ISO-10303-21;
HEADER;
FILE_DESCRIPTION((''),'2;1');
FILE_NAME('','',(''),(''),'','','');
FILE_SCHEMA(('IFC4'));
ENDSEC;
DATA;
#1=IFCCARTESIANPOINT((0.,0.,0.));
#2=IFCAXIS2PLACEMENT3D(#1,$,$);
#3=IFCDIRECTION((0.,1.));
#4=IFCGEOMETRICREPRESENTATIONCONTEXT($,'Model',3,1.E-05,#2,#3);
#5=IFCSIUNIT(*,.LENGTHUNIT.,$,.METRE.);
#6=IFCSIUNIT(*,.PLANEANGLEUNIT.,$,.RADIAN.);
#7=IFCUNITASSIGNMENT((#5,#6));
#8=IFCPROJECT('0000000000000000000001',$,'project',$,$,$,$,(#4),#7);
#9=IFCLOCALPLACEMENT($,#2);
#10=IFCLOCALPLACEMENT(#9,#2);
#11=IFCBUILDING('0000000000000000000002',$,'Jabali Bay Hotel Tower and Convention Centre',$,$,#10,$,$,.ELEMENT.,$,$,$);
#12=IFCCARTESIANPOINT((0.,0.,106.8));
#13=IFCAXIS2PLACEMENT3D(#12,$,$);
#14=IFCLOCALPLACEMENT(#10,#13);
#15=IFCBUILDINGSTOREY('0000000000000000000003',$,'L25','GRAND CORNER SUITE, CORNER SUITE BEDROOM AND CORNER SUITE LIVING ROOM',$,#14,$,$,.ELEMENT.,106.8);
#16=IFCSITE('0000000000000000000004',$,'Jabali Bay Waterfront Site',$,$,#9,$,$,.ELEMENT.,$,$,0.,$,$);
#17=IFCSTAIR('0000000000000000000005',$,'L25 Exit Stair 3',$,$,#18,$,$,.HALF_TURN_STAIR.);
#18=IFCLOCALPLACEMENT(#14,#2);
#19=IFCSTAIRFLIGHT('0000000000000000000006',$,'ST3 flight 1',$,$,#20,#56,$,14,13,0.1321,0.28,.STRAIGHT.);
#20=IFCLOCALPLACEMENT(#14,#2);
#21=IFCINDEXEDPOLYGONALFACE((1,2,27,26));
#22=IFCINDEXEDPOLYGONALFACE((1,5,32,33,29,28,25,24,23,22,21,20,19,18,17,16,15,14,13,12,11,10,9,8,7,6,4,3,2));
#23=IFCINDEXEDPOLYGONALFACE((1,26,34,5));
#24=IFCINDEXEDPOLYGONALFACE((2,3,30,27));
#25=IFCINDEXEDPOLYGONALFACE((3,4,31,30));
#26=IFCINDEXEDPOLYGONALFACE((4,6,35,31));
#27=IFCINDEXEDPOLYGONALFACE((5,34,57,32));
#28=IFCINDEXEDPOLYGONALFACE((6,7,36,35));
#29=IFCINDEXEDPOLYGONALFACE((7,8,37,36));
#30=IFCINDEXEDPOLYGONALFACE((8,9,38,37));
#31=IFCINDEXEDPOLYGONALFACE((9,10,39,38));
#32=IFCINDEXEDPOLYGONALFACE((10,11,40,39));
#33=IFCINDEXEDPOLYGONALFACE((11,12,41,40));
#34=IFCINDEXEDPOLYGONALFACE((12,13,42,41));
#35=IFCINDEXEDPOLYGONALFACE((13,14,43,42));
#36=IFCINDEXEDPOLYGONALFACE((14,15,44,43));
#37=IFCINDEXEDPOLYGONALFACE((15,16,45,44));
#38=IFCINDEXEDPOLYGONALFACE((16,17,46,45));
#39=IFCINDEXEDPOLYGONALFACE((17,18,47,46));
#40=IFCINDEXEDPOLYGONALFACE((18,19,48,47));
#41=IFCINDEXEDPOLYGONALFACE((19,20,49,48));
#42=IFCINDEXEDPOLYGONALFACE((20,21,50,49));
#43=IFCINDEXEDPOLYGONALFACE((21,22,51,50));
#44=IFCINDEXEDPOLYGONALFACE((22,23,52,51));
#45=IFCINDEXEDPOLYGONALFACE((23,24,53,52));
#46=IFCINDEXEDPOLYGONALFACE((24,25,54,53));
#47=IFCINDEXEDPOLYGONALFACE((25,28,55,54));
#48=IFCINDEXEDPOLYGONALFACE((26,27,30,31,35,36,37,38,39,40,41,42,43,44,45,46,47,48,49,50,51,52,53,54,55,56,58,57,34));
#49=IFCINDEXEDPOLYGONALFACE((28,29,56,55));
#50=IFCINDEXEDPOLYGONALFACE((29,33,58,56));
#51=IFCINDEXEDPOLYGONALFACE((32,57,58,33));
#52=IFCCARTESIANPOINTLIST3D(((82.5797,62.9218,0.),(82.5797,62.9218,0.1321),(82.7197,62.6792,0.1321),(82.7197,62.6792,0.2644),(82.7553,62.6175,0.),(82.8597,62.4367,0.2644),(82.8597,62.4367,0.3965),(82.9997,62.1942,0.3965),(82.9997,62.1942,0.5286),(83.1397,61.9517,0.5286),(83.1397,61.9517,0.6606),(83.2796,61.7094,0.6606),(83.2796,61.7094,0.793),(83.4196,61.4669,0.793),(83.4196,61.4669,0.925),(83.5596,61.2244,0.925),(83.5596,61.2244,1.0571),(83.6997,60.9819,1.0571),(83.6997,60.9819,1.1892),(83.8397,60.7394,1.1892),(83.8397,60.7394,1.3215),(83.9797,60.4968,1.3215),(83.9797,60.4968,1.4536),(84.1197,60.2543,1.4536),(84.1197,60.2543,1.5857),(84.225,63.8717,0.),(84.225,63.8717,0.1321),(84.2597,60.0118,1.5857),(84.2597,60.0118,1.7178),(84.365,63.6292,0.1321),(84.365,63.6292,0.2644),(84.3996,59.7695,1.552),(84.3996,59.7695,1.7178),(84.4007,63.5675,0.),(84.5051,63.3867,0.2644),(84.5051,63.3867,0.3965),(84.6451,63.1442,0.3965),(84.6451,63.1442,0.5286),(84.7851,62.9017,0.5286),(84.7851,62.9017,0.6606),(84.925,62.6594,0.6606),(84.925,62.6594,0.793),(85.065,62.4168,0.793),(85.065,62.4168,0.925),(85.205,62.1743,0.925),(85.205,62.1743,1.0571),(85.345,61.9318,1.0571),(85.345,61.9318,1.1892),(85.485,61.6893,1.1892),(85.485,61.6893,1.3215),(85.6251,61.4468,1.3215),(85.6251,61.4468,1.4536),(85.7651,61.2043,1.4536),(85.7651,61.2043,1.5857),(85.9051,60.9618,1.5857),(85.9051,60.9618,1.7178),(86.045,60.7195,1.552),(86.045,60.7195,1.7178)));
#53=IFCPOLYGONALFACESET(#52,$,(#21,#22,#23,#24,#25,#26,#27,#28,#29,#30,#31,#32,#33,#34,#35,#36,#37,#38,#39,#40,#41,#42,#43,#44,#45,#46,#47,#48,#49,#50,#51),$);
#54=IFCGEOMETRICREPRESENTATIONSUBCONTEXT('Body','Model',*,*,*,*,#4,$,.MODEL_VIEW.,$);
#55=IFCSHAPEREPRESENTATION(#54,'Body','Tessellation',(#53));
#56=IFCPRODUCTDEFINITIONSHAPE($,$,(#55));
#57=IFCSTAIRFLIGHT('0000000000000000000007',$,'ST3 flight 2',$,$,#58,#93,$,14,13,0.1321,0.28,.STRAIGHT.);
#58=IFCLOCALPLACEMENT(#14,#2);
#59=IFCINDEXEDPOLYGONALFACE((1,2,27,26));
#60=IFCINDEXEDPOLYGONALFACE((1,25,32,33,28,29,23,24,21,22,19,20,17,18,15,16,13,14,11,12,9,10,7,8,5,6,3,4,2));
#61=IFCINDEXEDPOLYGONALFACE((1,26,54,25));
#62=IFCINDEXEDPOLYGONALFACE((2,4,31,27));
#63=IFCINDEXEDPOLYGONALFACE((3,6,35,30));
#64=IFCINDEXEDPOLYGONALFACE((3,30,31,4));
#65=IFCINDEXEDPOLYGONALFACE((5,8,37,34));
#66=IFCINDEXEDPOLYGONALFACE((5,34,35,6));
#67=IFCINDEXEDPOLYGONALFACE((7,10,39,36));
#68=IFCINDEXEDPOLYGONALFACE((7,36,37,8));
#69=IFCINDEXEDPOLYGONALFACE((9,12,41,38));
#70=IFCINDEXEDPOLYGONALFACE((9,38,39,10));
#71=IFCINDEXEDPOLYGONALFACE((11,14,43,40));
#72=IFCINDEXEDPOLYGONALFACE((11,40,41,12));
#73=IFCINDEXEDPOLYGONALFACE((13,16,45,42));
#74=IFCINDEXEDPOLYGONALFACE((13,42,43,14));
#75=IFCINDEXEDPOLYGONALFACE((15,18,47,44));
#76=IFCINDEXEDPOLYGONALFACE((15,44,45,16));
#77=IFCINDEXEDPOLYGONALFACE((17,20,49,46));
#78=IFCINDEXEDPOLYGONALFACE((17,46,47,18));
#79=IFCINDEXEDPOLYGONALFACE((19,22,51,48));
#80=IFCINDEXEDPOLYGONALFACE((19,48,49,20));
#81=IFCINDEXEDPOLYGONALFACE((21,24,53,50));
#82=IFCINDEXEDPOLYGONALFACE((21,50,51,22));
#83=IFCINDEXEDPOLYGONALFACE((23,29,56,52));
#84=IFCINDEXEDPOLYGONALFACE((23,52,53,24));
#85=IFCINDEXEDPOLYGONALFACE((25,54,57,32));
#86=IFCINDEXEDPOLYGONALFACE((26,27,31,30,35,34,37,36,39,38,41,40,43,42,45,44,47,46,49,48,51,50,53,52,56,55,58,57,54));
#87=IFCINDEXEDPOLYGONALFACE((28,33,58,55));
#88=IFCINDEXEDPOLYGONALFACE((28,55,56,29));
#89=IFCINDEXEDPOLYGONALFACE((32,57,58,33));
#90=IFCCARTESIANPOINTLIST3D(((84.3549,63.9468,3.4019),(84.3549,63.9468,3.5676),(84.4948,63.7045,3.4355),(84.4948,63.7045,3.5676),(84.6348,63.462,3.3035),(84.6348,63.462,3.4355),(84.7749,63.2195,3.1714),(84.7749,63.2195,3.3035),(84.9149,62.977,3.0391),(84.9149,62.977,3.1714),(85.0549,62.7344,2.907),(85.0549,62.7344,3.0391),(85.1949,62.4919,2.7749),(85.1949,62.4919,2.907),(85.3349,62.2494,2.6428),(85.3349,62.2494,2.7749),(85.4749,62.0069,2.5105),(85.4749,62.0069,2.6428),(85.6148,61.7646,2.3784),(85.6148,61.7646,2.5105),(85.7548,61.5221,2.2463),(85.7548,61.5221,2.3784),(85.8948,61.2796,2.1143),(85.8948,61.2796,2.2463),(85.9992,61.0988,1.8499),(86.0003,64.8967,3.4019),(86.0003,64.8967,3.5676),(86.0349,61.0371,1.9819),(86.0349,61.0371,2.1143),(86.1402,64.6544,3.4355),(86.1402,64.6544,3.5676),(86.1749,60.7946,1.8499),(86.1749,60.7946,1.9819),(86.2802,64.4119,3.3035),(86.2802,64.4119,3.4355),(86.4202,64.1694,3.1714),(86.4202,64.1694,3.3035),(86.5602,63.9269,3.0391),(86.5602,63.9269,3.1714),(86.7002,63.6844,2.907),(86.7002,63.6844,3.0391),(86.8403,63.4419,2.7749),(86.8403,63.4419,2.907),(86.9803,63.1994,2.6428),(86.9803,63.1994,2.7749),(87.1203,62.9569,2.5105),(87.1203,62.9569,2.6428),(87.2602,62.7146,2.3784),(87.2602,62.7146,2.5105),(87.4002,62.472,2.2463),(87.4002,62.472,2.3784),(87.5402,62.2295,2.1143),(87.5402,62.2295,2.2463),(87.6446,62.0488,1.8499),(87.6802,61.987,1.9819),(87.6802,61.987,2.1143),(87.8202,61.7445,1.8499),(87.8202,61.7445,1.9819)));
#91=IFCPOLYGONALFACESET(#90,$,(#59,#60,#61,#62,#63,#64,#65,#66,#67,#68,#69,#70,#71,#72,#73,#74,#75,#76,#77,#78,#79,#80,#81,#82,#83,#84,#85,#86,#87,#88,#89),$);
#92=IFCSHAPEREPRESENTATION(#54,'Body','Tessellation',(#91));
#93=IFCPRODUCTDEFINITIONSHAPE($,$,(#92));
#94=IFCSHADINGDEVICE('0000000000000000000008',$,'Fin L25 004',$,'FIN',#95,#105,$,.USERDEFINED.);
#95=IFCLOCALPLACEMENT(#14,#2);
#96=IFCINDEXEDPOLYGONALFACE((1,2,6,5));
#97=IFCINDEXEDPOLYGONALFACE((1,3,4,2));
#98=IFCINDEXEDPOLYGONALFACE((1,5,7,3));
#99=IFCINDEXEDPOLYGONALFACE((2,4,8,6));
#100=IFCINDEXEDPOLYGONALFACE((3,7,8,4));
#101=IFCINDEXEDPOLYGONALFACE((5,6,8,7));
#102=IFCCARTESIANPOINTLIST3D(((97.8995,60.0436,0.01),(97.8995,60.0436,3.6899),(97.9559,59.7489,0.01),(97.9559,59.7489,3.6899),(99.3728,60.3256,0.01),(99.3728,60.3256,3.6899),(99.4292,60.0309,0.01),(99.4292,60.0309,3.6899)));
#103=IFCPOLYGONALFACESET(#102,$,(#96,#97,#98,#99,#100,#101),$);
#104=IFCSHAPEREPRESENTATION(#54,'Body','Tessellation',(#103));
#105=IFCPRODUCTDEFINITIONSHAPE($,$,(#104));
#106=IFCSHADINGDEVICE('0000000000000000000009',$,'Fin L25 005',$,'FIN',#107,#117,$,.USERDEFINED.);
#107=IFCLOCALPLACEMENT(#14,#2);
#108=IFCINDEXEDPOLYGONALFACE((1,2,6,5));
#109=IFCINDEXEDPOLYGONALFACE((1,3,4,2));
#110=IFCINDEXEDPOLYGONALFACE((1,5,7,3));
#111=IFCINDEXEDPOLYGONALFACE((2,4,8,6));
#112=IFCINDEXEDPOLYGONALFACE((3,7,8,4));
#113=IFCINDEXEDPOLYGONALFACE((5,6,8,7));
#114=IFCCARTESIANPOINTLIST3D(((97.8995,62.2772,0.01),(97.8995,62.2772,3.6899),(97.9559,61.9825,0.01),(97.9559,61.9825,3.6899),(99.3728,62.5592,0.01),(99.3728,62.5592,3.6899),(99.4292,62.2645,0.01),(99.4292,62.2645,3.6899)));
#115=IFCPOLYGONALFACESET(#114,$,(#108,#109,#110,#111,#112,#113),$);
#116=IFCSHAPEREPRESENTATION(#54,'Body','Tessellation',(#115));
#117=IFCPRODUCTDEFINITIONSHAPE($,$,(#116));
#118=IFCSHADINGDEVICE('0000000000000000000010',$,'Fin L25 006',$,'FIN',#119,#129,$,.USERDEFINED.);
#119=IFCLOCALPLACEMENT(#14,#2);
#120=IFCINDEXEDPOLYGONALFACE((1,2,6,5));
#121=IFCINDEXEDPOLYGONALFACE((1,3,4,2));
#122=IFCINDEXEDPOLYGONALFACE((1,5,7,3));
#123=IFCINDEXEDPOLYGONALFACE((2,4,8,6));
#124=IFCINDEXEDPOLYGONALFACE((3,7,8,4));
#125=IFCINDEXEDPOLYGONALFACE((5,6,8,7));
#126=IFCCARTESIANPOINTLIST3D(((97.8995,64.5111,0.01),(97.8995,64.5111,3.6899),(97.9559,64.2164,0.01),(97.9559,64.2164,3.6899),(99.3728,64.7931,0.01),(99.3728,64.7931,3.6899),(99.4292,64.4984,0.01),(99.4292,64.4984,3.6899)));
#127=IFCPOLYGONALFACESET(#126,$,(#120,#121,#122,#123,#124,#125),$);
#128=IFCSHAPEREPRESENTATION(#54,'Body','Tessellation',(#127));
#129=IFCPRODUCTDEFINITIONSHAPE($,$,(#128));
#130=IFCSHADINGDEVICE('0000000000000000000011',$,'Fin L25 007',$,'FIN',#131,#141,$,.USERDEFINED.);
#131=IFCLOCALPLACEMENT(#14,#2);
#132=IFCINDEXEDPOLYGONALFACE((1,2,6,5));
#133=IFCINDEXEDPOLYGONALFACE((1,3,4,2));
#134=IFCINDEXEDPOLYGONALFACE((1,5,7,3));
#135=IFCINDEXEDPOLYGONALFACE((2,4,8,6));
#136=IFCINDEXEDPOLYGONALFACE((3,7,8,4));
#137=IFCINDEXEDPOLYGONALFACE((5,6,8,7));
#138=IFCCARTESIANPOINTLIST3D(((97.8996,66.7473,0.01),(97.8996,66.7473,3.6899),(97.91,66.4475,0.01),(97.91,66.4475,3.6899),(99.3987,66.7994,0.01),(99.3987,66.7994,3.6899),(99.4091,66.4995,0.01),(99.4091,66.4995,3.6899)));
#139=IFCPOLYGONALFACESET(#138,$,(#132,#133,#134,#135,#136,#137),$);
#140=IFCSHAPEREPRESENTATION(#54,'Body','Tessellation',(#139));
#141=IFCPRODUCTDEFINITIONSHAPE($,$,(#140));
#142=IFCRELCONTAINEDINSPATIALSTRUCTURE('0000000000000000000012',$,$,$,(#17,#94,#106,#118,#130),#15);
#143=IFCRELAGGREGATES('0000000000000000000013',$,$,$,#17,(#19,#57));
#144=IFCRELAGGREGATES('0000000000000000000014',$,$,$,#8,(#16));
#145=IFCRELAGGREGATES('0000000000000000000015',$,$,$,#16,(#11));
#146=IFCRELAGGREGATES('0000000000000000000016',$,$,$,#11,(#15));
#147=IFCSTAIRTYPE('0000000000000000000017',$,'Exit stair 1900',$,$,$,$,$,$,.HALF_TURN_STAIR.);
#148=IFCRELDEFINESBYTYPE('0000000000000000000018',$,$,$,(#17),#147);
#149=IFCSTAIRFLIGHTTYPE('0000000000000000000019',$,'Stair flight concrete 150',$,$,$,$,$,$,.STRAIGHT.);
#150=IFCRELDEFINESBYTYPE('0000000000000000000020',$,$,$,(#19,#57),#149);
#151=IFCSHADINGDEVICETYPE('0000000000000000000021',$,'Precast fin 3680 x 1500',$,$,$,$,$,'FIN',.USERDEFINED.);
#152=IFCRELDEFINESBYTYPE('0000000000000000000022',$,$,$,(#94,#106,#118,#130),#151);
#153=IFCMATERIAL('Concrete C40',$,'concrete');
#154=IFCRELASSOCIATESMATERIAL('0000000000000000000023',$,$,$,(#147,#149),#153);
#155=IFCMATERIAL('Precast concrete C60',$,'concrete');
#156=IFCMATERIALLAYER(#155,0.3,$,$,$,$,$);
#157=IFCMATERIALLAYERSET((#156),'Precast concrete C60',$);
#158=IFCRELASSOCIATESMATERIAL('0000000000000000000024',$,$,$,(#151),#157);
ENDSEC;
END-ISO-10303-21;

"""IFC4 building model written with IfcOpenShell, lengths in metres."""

from ifc_helpers import new_model, si_unit, direction, frame, frame_2d, origin, place, context, subcontext, project, spatial, polyline, rectangle, outline, extrude, material, layer, layer_set, type_object, element, aggregate, save


model = new_model("IFC4")

# Units and contexts
model_context = context("Model", 3, precision=1e-05, world=origin(), true_north=direction((0.0, 1.0)))
body_context = subcontext(model_context, "Body", "Model", "MODEL_VIEW")
ifc_project = project(units=[si_unit("LENGTHUNIT", "METRE"), si_unit("PLANEANGLEUNIT", "RADIAN")], contexts=[model_context])

# Site, building, storey
site_placement = place(None, origin())
site = spatial("IfcSite", under=ifc_project, at=site_placement, Name="Jabali Bay Waterfront Site", CompositionType="ELEMENT", RefElevation=0.0)
building_placement = place(site_placement, origin())
building = spatial("IfcBuilding", under=site, at=building_placement, Name="Jabali Bay Hotel Tower and Convention Centre", CompositionType="ELEMENT")
storey_placement = place(building_placement, frame((0.0, 0.0, 106.8)))
storey = spatial("IfcBuildingStorey", under=building, at=storey_placement, Name="L25", Description="GRAND CORNER SUITE, CORNER SUITE BEDROOM AND CORNER SUITE LIVING ROOM", CompositionType="ELEMENT", Elevation=106.8)

# Shared definitions
ifc_material_1 = material(Name="Concrete C40", Category="concrete")

# Stair, stair flights
stair_type = type_object("IfcStairType", Name="Exit stair 1900", PredefinedType="HALF_TURN_STAIR", material=ifc_material_1)
stair_placement = place(storey_placement, origin())
stair = element("IfcStair", 1, at=stair_placement, inside=storey, type_object=stair_type, Name="L25 Exit Stair 3", PredefinedType="HALF_TURN_STAIR")
stair_flight_type = type_object("IfcStairFlightType", Name="Stair flight concrete 150", PredefinedType="STRAIGHT", material=ifc_material_1)
stair_flight_1_placement = place(storey_placement, frame((83.4023, 63.3967, 0.0), z_axis=(0.0, 0.0, 1.0), x_axis=(0.5, -0.866025, 0.0)))
stair_flight_1 = element("IfcStairFlight", 2, at=stair_flight_1_placement, type_object=stair_flight_type, Name="ST3 flight 1", NumberOfRisers=14, NumberOfTreads=13, PredefinedType="STRAIGHT", RiserHeight=0.1321, TreadLength=0.28, context=body_context, shape_type="SweptSolid", body=[
    extrude(outline(polyline([(0.0, 0.0), (0.0, 0.1321), (0.28, 0.1321), (0.28, 0.2644), (0.5601, 0.2644), (0.5601, 0.3965), (0.8401, 0.3965), (0.8401, 0.5286), (1.1201, 0.5286), (1.1201, 0.6606), (1.3999, 0.6606), (1.3999, 0.793), (1.6799, 0.793), (1.6799, 0.925), (1.96, 0.925), (1.96, 1.0571), (2.24, 1.0571), (2.24, 1.1892), (2.52, 1.1892), (2.52, 1.3215), (2.8, 1.3215), (2.8, 1.4536), (3.0801, 1.4536), (3.0801, 1.5857), (3.3601, 1.5857), (3.3601, 1.7178), (3.6399, 1.7178), (3.6399, 1.8501), (3.6399, 1.552), (0.3513, 0.0), (0.0, 0.0)])), frame((0.0, 0.95, 0.0), z_axis=(0.0, -1.0, 0.0), x_axis=(1.0, 0.0, 0.0)), (0.0, 0.0, 1.0), 1.8999),
])
stair_flight_2_placement = place(storey_placement, frame((86.9976, 61.2695, 1.8499), z_axis=(0.0, 0.0, 1.0), x_axis=(-0.5, 0.866025, 0.0)))
stair_flight_2 = element("IfcStairFlight", 3, at=stair_flight_2_placement, type_object=stair_flight_type, Name="ST3 flight 2", NumberOfRisers=14, NumberOfTreads=13, PredefinedType="STRAIGHT", RiserHeight=0.1321, TreadLength=0.28, context=body_context, shape_type="SweptSolid", body=[
    extrude(outline(polyline([(0.0, 0.0), (0.0, 0.1321), (0.28, 0.1321), (0.28, 0.2644), (0.5601, 0.2644), (0.5601, 0.3965), (0.8401, 0.3965), (0.8401, 0.5286), (1.1201, 0.5286), (1.1201, 0.6606), (1.3999, 0.6606), (1.3999, 0.793), (1.6799, 0.793), (1.6799, 0.925), (1.96, 0.925), (1.96, 1.0571), (2.24, 1.0571), (2.24, 1.1892), (2.52, 1.1892), (2.52, 1.3215), (2.8, 1.3215), (2.8, 1.4536), (3.0801, 1.4536), (3.0801, 1.5857), (3.3601, 1.5857), (3.3601, 1.7178), (3.6399, 1.7178), (3.6399, 1.8501), (3.6399, 1.552), (0.3513, 0.0), (0.0, 0.0)])), frame((0.0, 0.95, 0.0), z_axis=(0.0, -1.0, 0.0), x_axis=(1.0, 0.0, 0.0)), (0.0, 0.0, 1.0), 1.8999),
])
aggregate(stair, [stair_flight_1, stair_flight_2])

# Shading devices
ifc_material_2 = material(Name="Precast concrete C60", Category="concrete")
ifc_layer_1 = layer(ifc_material_2, 0.3)
ifc_layer_set_1 = layer_set([ifc_layer_1], Name="Precast concrete C60")
shading_device_type = type_object("IfcShadingDeviceType", Name="Precast fin 3680 x 1500", ElementType="FIN", PredefinedType="USERDEFINED", material=ifc_layer_set_1)
for number, where, z_axis, x_axis, name in (
    (4, (97.9277, 59.8962, 0.01), (0.0, 0.0, 1.0), (0.982169, 0.188002, 0.0), "Fin L25 004"),
    (5, (97.9277, 62.1299, 0.01), (0.0, 0.0, 1.0), (0.982169, 0.188002, 0.0), "Fin L25 005"),
    (6, (97.9277, 64.3638, 0.01), (0.0, 0.0, 1.0), (0.982169, 0.188002, 0.0), "Fin L25 006"),
    (7, (97.9048, 66.5974, 0.01), (0.0, 0.0, 1.0), (0.999399, 0.03467, 0.0), "Fin L25 007"),
):
    element("IfcShadingDevice", number, at=place(storey_placement, frame(where, z_axis=z_axis, x_axis=x_axis)), inside=storey, type_object=shading_device_type, Name=name, ObjectType="FIN", PredefinedType="USERDEFINED", context=body_context, shape_type="SweptSolid", body=[
        extrude(rectangle(XDim=1.5, YDim=0.3, at=frame_2d((0.75, 0.0))), origin(), (0.0, 0.0, 1.0), 3.6799),
    ])

save(model, "model.ifc")
